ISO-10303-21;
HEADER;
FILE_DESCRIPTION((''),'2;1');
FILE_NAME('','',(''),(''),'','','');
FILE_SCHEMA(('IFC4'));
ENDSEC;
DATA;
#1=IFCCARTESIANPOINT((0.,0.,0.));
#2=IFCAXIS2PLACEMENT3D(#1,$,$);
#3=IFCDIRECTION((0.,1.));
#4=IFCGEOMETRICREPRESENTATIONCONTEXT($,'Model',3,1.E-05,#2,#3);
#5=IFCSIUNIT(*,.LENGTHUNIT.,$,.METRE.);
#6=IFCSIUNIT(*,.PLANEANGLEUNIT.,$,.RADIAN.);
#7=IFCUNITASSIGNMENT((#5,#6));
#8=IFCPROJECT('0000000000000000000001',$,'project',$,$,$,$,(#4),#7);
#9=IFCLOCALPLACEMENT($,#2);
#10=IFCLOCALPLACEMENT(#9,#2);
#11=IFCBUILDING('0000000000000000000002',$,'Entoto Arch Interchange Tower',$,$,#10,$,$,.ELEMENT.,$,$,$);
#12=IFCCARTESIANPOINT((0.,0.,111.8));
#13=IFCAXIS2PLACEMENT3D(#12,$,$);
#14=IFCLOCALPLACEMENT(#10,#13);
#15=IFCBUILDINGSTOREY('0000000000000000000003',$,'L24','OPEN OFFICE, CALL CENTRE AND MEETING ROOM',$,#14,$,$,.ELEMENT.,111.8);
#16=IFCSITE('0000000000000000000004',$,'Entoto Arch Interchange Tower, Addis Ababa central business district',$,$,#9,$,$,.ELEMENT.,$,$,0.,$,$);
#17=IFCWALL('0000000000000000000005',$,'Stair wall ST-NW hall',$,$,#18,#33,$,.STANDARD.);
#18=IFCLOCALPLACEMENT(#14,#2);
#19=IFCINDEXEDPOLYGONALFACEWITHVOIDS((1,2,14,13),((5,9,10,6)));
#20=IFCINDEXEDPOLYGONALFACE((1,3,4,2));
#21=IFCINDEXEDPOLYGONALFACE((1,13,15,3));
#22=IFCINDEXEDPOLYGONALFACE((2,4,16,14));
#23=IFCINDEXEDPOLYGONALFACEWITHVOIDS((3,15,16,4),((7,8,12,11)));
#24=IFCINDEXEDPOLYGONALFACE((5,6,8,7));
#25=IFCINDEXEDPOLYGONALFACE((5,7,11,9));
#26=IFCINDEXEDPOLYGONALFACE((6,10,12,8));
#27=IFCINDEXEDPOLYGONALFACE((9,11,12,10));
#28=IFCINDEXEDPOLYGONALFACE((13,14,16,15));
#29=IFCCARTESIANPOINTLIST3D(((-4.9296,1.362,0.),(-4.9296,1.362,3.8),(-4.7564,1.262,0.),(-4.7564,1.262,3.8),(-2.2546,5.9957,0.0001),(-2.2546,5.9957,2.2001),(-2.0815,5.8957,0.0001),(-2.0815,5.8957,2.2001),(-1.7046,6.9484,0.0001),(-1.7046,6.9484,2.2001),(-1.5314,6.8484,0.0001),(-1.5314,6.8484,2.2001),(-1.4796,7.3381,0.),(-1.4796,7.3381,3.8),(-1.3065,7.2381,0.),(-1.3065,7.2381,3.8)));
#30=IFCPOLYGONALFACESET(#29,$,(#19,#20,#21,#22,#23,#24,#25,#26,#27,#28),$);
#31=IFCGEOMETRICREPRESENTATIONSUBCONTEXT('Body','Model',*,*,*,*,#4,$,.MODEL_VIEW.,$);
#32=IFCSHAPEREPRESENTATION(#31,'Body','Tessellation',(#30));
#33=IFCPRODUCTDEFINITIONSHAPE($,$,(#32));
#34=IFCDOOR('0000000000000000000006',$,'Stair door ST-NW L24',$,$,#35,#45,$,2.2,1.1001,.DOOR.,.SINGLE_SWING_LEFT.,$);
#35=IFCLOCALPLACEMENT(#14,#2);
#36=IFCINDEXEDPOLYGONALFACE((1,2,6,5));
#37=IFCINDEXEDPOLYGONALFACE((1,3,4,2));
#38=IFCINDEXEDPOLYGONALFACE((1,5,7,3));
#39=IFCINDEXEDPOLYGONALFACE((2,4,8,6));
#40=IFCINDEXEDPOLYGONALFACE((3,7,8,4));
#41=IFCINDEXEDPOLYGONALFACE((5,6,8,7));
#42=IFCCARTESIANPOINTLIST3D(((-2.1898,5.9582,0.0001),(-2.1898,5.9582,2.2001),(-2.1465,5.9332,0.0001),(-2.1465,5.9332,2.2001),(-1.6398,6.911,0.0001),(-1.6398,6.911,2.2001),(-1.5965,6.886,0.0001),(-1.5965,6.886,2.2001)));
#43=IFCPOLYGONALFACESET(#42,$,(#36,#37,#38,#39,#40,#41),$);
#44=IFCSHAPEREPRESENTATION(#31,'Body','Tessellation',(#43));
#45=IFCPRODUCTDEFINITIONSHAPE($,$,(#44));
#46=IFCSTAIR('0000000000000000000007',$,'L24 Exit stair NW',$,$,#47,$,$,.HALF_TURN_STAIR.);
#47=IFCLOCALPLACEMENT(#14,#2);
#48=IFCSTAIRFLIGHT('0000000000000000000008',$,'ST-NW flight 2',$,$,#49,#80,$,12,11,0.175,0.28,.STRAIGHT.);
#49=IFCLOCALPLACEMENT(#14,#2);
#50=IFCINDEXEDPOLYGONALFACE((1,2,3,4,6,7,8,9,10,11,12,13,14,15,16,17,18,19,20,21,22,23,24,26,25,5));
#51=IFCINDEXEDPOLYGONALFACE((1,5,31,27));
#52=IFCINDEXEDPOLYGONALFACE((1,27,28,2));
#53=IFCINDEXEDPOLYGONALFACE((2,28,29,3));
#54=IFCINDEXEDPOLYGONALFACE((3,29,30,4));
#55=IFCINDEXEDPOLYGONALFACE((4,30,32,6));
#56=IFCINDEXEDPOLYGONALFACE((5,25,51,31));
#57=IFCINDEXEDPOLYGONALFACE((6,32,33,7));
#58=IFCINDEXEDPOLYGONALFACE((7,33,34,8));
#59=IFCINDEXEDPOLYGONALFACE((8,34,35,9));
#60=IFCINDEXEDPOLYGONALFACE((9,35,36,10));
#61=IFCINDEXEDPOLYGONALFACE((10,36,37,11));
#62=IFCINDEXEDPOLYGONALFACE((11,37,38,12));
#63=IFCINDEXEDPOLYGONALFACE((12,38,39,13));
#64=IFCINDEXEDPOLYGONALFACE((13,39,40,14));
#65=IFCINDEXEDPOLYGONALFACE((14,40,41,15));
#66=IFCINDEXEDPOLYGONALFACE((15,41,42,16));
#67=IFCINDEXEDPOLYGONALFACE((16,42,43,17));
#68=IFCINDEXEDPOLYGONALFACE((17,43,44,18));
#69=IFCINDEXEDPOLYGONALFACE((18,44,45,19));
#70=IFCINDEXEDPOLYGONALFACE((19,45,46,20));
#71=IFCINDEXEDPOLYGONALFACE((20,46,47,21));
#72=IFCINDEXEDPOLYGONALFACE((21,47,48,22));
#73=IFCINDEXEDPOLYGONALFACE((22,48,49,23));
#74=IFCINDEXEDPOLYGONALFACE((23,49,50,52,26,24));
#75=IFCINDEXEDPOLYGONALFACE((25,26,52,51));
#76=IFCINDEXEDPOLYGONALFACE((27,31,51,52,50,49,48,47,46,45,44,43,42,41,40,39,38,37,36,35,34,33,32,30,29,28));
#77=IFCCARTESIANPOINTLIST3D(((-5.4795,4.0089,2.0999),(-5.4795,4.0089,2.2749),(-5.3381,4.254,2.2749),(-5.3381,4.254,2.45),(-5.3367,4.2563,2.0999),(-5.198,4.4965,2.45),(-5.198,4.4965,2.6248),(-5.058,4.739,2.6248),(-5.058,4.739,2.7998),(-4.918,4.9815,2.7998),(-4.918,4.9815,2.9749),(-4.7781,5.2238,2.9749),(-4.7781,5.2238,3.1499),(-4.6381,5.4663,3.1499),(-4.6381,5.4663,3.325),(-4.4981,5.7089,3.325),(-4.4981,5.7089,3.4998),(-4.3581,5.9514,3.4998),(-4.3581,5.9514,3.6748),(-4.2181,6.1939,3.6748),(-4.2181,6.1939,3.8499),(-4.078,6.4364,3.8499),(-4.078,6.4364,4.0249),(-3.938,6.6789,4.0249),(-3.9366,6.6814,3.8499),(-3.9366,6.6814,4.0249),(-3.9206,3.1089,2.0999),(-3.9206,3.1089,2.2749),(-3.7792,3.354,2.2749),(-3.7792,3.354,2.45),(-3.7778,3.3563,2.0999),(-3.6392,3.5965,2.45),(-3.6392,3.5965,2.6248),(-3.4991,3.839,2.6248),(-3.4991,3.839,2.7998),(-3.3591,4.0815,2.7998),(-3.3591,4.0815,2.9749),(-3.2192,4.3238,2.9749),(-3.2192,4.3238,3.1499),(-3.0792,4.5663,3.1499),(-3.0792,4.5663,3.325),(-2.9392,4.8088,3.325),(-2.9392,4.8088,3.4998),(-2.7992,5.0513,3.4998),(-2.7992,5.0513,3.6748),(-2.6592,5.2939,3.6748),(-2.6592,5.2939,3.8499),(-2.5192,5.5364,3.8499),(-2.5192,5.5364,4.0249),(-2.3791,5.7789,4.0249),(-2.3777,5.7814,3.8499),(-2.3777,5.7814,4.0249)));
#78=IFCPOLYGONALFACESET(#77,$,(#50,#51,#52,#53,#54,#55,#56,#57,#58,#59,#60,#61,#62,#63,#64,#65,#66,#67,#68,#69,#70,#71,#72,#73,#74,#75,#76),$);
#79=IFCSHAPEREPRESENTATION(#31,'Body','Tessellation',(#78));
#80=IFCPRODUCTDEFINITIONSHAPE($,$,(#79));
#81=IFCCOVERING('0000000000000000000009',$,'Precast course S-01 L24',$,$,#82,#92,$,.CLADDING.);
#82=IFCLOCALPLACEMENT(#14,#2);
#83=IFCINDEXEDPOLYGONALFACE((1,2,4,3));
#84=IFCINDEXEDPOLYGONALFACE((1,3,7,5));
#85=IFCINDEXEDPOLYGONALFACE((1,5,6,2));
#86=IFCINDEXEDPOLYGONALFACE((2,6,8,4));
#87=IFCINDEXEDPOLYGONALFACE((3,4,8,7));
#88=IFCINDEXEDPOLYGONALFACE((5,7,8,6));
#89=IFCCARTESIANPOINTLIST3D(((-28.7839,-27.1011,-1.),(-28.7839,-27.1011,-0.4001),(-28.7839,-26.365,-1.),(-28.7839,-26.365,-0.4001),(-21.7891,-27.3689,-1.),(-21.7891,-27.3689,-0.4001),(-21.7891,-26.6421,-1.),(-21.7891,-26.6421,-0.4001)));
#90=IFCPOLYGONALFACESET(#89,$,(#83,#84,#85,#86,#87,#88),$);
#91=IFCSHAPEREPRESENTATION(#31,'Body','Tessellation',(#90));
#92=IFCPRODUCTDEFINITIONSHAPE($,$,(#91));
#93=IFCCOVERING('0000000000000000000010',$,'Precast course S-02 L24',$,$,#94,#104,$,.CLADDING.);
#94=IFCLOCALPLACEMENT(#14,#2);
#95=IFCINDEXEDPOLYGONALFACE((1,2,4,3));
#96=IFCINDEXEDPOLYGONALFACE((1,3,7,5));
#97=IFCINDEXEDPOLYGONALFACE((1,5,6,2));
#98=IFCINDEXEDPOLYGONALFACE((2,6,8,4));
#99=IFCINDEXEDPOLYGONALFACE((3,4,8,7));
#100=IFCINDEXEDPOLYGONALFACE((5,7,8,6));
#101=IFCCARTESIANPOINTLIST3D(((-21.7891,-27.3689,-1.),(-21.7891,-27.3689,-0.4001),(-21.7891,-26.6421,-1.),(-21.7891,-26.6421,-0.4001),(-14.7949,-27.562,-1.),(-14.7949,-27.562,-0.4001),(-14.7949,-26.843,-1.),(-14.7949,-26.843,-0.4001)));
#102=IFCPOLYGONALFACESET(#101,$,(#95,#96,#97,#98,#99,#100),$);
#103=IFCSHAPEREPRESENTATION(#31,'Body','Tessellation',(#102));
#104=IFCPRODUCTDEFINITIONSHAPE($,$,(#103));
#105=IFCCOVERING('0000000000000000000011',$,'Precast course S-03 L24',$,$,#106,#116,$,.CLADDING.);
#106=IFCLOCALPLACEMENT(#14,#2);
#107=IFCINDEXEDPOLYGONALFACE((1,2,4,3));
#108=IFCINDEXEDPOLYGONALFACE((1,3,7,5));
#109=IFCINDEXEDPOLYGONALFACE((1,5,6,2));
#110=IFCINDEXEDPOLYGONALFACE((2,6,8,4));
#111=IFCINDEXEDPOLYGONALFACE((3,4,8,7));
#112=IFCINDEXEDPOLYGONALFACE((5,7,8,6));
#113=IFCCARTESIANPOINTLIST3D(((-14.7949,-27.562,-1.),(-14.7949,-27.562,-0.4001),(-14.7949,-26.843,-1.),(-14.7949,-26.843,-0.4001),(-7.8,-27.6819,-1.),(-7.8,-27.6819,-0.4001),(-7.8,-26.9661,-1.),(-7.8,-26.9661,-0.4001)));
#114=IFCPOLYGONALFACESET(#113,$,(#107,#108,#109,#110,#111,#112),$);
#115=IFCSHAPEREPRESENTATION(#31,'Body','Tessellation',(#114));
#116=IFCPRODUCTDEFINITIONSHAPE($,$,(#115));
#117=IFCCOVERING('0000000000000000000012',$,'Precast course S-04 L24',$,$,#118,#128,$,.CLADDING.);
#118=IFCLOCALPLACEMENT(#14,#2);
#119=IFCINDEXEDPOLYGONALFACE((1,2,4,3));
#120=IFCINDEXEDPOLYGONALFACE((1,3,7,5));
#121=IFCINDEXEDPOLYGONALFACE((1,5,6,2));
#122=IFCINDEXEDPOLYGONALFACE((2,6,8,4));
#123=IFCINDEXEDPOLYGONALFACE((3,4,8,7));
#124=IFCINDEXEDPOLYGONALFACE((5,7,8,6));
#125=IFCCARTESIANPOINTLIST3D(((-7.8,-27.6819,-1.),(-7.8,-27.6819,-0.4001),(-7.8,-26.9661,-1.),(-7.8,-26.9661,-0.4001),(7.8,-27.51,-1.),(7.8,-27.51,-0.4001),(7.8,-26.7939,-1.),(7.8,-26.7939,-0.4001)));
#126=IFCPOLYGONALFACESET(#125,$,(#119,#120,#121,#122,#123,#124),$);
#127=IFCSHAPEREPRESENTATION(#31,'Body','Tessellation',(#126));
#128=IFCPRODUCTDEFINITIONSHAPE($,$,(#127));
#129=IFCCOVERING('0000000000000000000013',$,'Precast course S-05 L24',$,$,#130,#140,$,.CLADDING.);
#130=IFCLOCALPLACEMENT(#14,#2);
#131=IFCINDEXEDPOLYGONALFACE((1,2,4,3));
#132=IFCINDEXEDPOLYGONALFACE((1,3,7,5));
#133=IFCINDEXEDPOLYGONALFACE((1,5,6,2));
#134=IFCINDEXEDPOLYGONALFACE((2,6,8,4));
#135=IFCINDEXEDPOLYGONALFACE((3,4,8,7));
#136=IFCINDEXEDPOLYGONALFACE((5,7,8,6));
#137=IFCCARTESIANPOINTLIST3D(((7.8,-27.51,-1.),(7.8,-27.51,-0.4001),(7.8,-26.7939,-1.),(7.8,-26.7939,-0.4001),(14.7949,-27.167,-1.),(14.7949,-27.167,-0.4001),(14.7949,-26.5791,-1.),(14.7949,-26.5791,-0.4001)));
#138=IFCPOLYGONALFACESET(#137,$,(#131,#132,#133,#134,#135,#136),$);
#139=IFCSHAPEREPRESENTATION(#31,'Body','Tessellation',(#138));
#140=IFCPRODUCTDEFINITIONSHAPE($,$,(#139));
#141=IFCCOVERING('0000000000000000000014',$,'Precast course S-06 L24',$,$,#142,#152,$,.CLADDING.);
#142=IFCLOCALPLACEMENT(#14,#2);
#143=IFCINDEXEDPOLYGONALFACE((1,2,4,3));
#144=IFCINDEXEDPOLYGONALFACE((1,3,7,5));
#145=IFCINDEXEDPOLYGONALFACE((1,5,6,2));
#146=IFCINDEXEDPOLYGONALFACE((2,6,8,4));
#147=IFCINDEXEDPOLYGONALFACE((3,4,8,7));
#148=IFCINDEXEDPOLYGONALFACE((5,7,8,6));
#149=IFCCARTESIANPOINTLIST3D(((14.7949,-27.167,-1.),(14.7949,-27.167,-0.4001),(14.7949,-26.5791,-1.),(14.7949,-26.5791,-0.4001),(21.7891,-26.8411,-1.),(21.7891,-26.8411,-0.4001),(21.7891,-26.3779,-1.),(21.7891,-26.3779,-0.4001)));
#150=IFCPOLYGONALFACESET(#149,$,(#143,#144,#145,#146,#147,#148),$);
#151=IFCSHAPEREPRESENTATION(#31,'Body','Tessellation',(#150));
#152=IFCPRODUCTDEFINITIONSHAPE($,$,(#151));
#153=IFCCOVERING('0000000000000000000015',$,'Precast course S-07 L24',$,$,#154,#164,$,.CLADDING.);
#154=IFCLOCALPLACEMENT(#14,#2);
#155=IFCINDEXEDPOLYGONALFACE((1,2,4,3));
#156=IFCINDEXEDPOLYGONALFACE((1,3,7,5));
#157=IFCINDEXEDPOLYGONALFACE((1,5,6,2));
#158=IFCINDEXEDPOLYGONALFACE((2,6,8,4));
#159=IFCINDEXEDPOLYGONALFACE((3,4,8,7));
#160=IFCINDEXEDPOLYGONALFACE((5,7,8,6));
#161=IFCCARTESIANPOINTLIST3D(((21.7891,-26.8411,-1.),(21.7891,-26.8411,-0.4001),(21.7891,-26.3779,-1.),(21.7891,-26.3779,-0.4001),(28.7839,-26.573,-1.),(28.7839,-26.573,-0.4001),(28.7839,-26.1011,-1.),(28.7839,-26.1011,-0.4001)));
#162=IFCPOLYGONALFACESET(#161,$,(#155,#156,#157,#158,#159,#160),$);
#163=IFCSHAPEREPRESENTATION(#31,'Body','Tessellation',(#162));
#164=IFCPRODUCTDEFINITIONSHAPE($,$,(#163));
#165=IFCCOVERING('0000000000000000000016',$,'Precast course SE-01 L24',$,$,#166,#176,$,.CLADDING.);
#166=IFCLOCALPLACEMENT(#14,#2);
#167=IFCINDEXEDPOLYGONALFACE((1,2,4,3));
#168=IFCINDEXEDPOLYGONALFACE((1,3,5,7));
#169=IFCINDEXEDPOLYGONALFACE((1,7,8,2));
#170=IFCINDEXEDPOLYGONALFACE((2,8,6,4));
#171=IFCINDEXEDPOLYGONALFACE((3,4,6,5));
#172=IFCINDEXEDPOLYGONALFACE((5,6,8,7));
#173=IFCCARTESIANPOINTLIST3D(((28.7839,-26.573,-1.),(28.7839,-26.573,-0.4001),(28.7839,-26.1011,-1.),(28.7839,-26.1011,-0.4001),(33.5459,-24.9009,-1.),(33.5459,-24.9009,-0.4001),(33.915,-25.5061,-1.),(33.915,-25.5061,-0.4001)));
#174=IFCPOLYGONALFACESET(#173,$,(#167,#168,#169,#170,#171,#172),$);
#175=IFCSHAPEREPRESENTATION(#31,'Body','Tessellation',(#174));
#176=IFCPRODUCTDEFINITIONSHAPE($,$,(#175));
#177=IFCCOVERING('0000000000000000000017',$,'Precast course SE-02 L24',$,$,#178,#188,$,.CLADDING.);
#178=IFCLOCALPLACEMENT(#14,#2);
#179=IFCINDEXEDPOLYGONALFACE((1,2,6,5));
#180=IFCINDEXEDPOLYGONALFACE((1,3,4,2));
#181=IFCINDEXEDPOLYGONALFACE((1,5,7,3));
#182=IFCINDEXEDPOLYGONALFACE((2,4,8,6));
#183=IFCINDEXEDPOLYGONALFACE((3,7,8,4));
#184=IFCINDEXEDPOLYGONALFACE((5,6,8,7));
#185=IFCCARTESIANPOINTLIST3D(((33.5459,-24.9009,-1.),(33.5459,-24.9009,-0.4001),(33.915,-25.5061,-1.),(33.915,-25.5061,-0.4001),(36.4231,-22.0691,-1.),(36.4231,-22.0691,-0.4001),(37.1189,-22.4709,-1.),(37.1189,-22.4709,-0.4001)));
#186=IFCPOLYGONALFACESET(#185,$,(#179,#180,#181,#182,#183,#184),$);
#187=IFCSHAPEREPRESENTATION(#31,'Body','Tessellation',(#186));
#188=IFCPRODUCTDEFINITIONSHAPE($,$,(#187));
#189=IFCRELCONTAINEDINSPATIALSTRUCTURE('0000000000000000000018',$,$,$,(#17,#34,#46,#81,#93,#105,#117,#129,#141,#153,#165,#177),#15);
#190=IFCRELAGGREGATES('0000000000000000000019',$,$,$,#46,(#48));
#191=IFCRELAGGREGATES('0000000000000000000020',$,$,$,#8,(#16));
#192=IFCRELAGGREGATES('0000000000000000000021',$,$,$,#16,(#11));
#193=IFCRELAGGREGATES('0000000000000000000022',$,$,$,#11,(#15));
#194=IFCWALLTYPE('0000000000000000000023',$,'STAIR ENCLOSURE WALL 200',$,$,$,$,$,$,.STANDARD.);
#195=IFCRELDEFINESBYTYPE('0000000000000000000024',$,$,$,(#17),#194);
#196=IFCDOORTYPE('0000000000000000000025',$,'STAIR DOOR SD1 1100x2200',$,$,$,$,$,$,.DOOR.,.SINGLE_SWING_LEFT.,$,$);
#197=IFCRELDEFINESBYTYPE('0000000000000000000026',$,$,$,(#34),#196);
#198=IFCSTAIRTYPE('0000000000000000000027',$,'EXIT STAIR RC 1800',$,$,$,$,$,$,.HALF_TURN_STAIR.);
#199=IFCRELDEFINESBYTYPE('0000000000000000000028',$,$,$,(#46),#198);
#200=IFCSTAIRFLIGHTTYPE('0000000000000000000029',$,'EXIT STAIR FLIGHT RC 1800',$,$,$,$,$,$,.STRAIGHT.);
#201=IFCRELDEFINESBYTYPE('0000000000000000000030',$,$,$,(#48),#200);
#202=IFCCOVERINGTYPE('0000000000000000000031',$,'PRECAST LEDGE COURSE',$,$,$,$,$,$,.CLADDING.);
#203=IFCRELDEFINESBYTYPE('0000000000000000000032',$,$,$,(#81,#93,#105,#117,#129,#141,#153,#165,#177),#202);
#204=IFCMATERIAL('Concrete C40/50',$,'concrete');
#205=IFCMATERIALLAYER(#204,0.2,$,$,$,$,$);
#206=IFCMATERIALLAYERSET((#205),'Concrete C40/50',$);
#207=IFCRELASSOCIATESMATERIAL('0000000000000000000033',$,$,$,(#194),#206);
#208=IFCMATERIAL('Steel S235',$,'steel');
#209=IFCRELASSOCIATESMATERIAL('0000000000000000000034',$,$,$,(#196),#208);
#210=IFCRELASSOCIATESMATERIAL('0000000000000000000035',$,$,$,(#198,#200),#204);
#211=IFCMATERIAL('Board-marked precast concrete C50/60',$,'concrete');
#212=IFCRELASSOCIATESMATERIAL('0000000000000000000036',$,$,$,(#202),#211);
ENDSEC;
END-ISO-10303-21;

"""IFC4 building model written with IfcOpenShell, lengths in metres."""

from ifc_helpers import new_model, si_unit, direction, frame, frame_2d, origin, place, context, subcontext, project, spatial, polyline, rectangle, outline, extrude, material, layer, layer_set, type_object, element, fill, aggregate, save


model = new_model("IFC4")

# Units and contexts
model_context = context("Model", 3, precision=1e-05, world=origin(), true_north=direction((0.0, 1.0)))
body_context = subcontext(model_context, "Body", "Model", "MODEL_VIEW")
ifc_project = project(units=[si_unit("LENGTHUNIT", "METRE"), si_unit("PLANEANGLEUNIT", "RADIAN")], contexts=[model_context])

# Site, building, storey
site_placement = place(None, origin())
site = spatial("IfcSite", under=ifc_project, at=site_placement, Name="Entoto Arch Interchange Tower, Addis Ababa central business district", CompositionType="ELEMENT", RefElevation=0.0)
building_placement = place(site_placement, origin())
building = spatial("IfcBuilding", under=site, at=building_placement, Name="Entoto Arch Interchange Tower", CompositionType="ELEMENT")
storey_placement = place(building_placement, frame((0.0, 0.0, 111.8)))
storey = spatial("IfcBuildingStorey", under=building, at=storey_placement, Name="L24", Description="OPEN OFFICE, CALL CENTRE AND MEETING ROOM", CompositionType="ELEMENT", Elevation=111.8)

# Wall, opening, door
ifc_material_1 = material(Name="Concrete C40/50", Category="concrete")
ifc_layer_1 = layer(ifc_material_1, 0.2)
ifc_layer_set_1 = layer_set([ifc_layer_1], Name="Concrete C40/50")
wall_type_1 = type_object("IfcWallType", Name="STAIR ENCLOSURE WALL 200", PredefinedType="STANDARD", material=ifc_layer_set_1)
wall_1_placement = place(storey_placement, frame((-1.3931, 7.2881, 0.0), z_axis=(0.0, 0.0, 1.0), x_axis=(-0.499963, -0.866047, 0.0)))
wall_1 = element("IfcWall", 1, at=wall_1_placement, inside=storey, type_object=wall_type_1, Name="Stair wall ST-NW hall", PredefinedType="STANDARD", context=body_context, shape_type="SweptSolid", body=[
    extrude(rectangle(XDim=6.9004, YDim=0.2, at=frame_2d((3.4502, 0.0))), origin(), (0.0, 0.0, 1.0), 3.8),
])
opening_1_placement = place(wall_1_placement, frame((0.45, 0.0, 0.0)))
opening_1 = element("IfcOpeningElement", 2, at=opening_1_placement, cuts=wall_1, PredefinedType="OPENING", context=body_context, shape_type="SweptSolid", body=[
    extrude(rectangle(XDim=1.1001, YDim=2.2, at=frame_2d((0.55, 1.1001))), frame((0.0, 0.1099, 0.0), z_axis=(0.0, -1.0, 0.0), x_axis=(1.0, 0.0, 0.0)), (0.0, 0.0, 1.0), 0.22),
])
ifc_material_2 = material(Name="Steel S235", Category="steel")
door_type_1 = type_object("IfcDoorType", Name="STAIR DOOR SD1 1100x2200", OperationType="SINGLE_SWING_LEFT", PredefinedType="DOOR", material=ifc_material_2)
door_1_placement = place(opening_1_placement, origin())
door_1 = element("IfcDoor", 3, at=door_1_placement, inside=storey, type_object=door_type_1, Name="Stair door ST-NW L24", OperationType="SINGLE_SWING_LEFT", OverallHeight=2.2, OverallWidth=1.1001, PredefinedType="DOOR", context=body_context, shape_type="SweptSolid", body=[
    extrude(rectangle(XDim=1.1001, YDim=2.2, at=frame_2d((0.55, 1.1001))), frame((0.0, 0.0249, 0.0), z_axis=(0.0, -1.0, 0.0), x_axis=(1.0, 0.0, 0.0)), (0.0, 0.0, 1.0), 0.05),
])
fill(opening_1, door_1)

# Stair, stair flight
stair_type = type_object("IfcStairType", Name="EXIT STAIR RC 1800", PredefinedType="HALF_TURN_STAIR", material=ifc_material_1)
stair_placement = place(storey_placement, origin())
stair = element("IfcStair", 4, at=stair_placement, inside=storey, type_object=stair_type, Name="L24 Exit stair NW", PredefinedType="HALF_TURN_STAIR")
stair_flight_type = type_object("IfcStairFlightType", Name="EXIT STAIR FLIGHT RC 1800", PredefinedType="STRAIGHT", material=ifc_material_1)
stair_flight_placement = place(storey_placement, frame((-4.6987, 3.5615, 2.0999), z_axis=(0.0, 0.0, 1.0), x_axis=(0.5, 0.866025, 0.0)))
stair_flight = element("IfcStairFlight", 5, at=stair_flight_placement, type_object=stair_flight_type, Name="ST-NW flight 2", NumberOfRisers=12, NumberOfTreads=11, PredefinedType="STRAIGHT", RiserHeight=0.175, TreadLength=0.28, context=body_context, shape_type="SweptSolid", body=[
    extrude(outline(polyline([(-0.0029, 0.0), (-0.0029, 0.175), (0.28, 0.175), (0.28, 0.3501), (0.5601, 0.3501), (0.5601, 0.5249), (0.8401, 0.5249), (0.8401, 0.7), (1.1201, 0.7), (1.1201, 0.875), (1.3999, 0.875), (1.3999, 1.05), (1.6799, 1.05), (1.6799, 1.2251), (1.96, 1.2251), (1.96, 1.3999), (2.24, 1.3999), (2.24, 1.575), (2.52, 1.575), (2.52, 1.75), (2.8, 1.75), (2.8, 1.925), (3.0801, 1.925), (3.083, 1.925), (3.083, 1.75), (0.2827, 0.0), (-0.0029, 0.0)])), frame((0.0, 0.8999, 0.0), z_axis=(0.0, -1.0, 0.0), x_axis=(1.0, 0.0, 0.0)), (0.0, 0.0, 1.0), 1.8),
])
aggregate(stair, [stair_flight])

# Coverings
ifc_material_3 = material(Name="Board-marked precast concrete C50/60", Category="concrete")
covering_type = type_object("IfcCoveringType", Name="PRECAST LEDGE COURSE", PredefinedType="CLADDING", material=ifc_material_3)
covering_1_placement = place(storey_placement, frame((0.0, 0.0, -1.0)))
element("IfcCovering", 6, at=covering_1_placement, inside=storey, type_object=covering_type, Name="Precast course S-01 L24", PredefinedType="CLADDING", context=body_context, shape_type="SweptSolid", body=[
    extrude(outline(polyline([(-21.7891, -26.6421), (-21.7891, -27.3689), (-28.7839, -27.1011), (-28.7839, -26.365), (-21.7891, -26.6421)])), origin(), (0.0, 0.0, 1.0), 0.5999),
])
covering_2_placement = place(storey_placement, frame((0.0, 0.0, -1.0)))
element("IfcCovering", 7, at=covering_2_placement, inside=storey, type_object=covering_type, Name="Precast course S-02 L24", PredefinedType="CLADDING", context=body_context, shape_type="SweptSolid", body=[
    extrude(outline(polyline([(-14.7949, -26.843), (-14.7949, -27.562), (-21.7891, -27.3689), (-21.7891, -26.6421), (-14.7949, -26.843)])), origin(), (0.0, 0.0, 1.0), 0.5999),
])
covering_3_placement = place(storey_placement, frame((0.0, 0.0, -1.0)))
element("IfcCovering", 8, at=covering_3_placement, inside=storey, type_object=covering_type, Name="Precast course S-03 L24", PredefinedType="CLADDING", context=body_context, shape_type="SweptSolid", body=[
    extrude(outline(polyline([(-7.8, -26.9661), (-7.8, -27.6819), (-14.7949, -27.562), (-14.7949, -26.843), (-7.8, -26.9661)])), origin(), (0.0, 0.0, 1.0), 0.5999),
])
covering_4_placement = place(storey_placement, frame((0.0, 0.0, -1.0)))
element("IfcCovering", 9, at=covering_4_placement, inside=storey, type_object=covering_type, Name="Precast course S-04 L24", PredefinedType="CLADDING", context=body_context, shape_type="SweptSolid", body=[
    extrude(outline(polyline([(7.8, -26.7939), (7.8, -27.51), (-7.8, -27.6819), (-7.8, -26.9661), (7.8, -26.7939)])), origin(), (0.0, 0.0, 1.0), 0.5999),
])
covering_5_placement = place(storey_placement, frame((0.0, 0.0, -1.0)))
element("IfcCovering", 10, at=covering_5_placement, inside=storey, type_object=covering_type, Name="Precast course S-05 L24", PredefinedType="CLADDING", context=body_context, shape_type="SweptSolid", body=[
    extrude(outline(polyline([(14.7949, -26.5791), (14.7949, -27.167), (7.8, -27.51), (7.8, -26.7939), (14.7949, -26.5791)])), origin(), (0.0, 0.0, 1.0), 0.5999),
])
covering_6_placement = place(storey_placement, frame((0.0, 0.0, -1.0)))
element("IfcCovering", 11, at=covering_6_placement, inside=storey, type_object=covering_type, Name="Precast course S-06 L24", PredefinedType="CLADDING", context=body_context, shape_type="SweptSolid", body=[
    extrude(outline(polyline([(21.7891, -26.3779), (21.7891, -26.8411), (14.7949, -27.167), (14.7949, -26.5791), (21.7891, -26.3779)])), origin(), (0.0, 0.0, 1.0), 0.5999),
])
covering_7_placement = place(storey_placement, frame((0.0, 0.0, -1.0)))
element("IfcCovering", 12, at=covering_7_placement, inside=storey, type_object=covering_type, Name="Precast course S-07 L24", PredefinedType="CLADDING", context=body_context, shape_type="SweptSolid", body=[
    extrude(outline(polyline([(28.7839, -26.1011), (28.7839, -26.573), (21.7891, -26.8411), (21.7891, -26.3779), (28.7839, -26.1011)])), origin(), (0.0, 0.0, 1.0), 0.5999),
])
covering_8_placement = place(storey_placement, frame((0.0, 0.0, -1.0)))
element("IfcCovering", 13, at=covering_8_placement, inside=storey, type_object=covering_type, Name="Precast course SE-01 L24", PredefinedType="CLADDING", context=body_context, shape_type="SweptSolid", body=[
    extrude(outline(polyline([(33.5459, -24.9009), (33.915, -25.5061), (28.7839, -26.573), (28.7839, -26.1011), (33.5459, -24.9009)])), origin(), (0.0, 0.0, 1.0), 0.5999),
])
covering_9_placement = place(storey_placement, frame((0.0, 0.0, -1.0)))
element("IfcCovering", 14, at=covering_9_placement, inside=storey, type_object=covering_type, Name="Precast course SE-02 L24", PredefinedType="CLADDING", context=body_context, shape_type="SweptSolid", body=[
    extrude(outline(polyline([(36.4231, -22.0691), (37.1189, -22.4709), (33.915, -25.5061), (33.5459, -24.9009), (36.4231, -22.0691)])), origin(), (0.0, 0.0, 1.0), 0.5999),
])

save(model, "model.ifc")
